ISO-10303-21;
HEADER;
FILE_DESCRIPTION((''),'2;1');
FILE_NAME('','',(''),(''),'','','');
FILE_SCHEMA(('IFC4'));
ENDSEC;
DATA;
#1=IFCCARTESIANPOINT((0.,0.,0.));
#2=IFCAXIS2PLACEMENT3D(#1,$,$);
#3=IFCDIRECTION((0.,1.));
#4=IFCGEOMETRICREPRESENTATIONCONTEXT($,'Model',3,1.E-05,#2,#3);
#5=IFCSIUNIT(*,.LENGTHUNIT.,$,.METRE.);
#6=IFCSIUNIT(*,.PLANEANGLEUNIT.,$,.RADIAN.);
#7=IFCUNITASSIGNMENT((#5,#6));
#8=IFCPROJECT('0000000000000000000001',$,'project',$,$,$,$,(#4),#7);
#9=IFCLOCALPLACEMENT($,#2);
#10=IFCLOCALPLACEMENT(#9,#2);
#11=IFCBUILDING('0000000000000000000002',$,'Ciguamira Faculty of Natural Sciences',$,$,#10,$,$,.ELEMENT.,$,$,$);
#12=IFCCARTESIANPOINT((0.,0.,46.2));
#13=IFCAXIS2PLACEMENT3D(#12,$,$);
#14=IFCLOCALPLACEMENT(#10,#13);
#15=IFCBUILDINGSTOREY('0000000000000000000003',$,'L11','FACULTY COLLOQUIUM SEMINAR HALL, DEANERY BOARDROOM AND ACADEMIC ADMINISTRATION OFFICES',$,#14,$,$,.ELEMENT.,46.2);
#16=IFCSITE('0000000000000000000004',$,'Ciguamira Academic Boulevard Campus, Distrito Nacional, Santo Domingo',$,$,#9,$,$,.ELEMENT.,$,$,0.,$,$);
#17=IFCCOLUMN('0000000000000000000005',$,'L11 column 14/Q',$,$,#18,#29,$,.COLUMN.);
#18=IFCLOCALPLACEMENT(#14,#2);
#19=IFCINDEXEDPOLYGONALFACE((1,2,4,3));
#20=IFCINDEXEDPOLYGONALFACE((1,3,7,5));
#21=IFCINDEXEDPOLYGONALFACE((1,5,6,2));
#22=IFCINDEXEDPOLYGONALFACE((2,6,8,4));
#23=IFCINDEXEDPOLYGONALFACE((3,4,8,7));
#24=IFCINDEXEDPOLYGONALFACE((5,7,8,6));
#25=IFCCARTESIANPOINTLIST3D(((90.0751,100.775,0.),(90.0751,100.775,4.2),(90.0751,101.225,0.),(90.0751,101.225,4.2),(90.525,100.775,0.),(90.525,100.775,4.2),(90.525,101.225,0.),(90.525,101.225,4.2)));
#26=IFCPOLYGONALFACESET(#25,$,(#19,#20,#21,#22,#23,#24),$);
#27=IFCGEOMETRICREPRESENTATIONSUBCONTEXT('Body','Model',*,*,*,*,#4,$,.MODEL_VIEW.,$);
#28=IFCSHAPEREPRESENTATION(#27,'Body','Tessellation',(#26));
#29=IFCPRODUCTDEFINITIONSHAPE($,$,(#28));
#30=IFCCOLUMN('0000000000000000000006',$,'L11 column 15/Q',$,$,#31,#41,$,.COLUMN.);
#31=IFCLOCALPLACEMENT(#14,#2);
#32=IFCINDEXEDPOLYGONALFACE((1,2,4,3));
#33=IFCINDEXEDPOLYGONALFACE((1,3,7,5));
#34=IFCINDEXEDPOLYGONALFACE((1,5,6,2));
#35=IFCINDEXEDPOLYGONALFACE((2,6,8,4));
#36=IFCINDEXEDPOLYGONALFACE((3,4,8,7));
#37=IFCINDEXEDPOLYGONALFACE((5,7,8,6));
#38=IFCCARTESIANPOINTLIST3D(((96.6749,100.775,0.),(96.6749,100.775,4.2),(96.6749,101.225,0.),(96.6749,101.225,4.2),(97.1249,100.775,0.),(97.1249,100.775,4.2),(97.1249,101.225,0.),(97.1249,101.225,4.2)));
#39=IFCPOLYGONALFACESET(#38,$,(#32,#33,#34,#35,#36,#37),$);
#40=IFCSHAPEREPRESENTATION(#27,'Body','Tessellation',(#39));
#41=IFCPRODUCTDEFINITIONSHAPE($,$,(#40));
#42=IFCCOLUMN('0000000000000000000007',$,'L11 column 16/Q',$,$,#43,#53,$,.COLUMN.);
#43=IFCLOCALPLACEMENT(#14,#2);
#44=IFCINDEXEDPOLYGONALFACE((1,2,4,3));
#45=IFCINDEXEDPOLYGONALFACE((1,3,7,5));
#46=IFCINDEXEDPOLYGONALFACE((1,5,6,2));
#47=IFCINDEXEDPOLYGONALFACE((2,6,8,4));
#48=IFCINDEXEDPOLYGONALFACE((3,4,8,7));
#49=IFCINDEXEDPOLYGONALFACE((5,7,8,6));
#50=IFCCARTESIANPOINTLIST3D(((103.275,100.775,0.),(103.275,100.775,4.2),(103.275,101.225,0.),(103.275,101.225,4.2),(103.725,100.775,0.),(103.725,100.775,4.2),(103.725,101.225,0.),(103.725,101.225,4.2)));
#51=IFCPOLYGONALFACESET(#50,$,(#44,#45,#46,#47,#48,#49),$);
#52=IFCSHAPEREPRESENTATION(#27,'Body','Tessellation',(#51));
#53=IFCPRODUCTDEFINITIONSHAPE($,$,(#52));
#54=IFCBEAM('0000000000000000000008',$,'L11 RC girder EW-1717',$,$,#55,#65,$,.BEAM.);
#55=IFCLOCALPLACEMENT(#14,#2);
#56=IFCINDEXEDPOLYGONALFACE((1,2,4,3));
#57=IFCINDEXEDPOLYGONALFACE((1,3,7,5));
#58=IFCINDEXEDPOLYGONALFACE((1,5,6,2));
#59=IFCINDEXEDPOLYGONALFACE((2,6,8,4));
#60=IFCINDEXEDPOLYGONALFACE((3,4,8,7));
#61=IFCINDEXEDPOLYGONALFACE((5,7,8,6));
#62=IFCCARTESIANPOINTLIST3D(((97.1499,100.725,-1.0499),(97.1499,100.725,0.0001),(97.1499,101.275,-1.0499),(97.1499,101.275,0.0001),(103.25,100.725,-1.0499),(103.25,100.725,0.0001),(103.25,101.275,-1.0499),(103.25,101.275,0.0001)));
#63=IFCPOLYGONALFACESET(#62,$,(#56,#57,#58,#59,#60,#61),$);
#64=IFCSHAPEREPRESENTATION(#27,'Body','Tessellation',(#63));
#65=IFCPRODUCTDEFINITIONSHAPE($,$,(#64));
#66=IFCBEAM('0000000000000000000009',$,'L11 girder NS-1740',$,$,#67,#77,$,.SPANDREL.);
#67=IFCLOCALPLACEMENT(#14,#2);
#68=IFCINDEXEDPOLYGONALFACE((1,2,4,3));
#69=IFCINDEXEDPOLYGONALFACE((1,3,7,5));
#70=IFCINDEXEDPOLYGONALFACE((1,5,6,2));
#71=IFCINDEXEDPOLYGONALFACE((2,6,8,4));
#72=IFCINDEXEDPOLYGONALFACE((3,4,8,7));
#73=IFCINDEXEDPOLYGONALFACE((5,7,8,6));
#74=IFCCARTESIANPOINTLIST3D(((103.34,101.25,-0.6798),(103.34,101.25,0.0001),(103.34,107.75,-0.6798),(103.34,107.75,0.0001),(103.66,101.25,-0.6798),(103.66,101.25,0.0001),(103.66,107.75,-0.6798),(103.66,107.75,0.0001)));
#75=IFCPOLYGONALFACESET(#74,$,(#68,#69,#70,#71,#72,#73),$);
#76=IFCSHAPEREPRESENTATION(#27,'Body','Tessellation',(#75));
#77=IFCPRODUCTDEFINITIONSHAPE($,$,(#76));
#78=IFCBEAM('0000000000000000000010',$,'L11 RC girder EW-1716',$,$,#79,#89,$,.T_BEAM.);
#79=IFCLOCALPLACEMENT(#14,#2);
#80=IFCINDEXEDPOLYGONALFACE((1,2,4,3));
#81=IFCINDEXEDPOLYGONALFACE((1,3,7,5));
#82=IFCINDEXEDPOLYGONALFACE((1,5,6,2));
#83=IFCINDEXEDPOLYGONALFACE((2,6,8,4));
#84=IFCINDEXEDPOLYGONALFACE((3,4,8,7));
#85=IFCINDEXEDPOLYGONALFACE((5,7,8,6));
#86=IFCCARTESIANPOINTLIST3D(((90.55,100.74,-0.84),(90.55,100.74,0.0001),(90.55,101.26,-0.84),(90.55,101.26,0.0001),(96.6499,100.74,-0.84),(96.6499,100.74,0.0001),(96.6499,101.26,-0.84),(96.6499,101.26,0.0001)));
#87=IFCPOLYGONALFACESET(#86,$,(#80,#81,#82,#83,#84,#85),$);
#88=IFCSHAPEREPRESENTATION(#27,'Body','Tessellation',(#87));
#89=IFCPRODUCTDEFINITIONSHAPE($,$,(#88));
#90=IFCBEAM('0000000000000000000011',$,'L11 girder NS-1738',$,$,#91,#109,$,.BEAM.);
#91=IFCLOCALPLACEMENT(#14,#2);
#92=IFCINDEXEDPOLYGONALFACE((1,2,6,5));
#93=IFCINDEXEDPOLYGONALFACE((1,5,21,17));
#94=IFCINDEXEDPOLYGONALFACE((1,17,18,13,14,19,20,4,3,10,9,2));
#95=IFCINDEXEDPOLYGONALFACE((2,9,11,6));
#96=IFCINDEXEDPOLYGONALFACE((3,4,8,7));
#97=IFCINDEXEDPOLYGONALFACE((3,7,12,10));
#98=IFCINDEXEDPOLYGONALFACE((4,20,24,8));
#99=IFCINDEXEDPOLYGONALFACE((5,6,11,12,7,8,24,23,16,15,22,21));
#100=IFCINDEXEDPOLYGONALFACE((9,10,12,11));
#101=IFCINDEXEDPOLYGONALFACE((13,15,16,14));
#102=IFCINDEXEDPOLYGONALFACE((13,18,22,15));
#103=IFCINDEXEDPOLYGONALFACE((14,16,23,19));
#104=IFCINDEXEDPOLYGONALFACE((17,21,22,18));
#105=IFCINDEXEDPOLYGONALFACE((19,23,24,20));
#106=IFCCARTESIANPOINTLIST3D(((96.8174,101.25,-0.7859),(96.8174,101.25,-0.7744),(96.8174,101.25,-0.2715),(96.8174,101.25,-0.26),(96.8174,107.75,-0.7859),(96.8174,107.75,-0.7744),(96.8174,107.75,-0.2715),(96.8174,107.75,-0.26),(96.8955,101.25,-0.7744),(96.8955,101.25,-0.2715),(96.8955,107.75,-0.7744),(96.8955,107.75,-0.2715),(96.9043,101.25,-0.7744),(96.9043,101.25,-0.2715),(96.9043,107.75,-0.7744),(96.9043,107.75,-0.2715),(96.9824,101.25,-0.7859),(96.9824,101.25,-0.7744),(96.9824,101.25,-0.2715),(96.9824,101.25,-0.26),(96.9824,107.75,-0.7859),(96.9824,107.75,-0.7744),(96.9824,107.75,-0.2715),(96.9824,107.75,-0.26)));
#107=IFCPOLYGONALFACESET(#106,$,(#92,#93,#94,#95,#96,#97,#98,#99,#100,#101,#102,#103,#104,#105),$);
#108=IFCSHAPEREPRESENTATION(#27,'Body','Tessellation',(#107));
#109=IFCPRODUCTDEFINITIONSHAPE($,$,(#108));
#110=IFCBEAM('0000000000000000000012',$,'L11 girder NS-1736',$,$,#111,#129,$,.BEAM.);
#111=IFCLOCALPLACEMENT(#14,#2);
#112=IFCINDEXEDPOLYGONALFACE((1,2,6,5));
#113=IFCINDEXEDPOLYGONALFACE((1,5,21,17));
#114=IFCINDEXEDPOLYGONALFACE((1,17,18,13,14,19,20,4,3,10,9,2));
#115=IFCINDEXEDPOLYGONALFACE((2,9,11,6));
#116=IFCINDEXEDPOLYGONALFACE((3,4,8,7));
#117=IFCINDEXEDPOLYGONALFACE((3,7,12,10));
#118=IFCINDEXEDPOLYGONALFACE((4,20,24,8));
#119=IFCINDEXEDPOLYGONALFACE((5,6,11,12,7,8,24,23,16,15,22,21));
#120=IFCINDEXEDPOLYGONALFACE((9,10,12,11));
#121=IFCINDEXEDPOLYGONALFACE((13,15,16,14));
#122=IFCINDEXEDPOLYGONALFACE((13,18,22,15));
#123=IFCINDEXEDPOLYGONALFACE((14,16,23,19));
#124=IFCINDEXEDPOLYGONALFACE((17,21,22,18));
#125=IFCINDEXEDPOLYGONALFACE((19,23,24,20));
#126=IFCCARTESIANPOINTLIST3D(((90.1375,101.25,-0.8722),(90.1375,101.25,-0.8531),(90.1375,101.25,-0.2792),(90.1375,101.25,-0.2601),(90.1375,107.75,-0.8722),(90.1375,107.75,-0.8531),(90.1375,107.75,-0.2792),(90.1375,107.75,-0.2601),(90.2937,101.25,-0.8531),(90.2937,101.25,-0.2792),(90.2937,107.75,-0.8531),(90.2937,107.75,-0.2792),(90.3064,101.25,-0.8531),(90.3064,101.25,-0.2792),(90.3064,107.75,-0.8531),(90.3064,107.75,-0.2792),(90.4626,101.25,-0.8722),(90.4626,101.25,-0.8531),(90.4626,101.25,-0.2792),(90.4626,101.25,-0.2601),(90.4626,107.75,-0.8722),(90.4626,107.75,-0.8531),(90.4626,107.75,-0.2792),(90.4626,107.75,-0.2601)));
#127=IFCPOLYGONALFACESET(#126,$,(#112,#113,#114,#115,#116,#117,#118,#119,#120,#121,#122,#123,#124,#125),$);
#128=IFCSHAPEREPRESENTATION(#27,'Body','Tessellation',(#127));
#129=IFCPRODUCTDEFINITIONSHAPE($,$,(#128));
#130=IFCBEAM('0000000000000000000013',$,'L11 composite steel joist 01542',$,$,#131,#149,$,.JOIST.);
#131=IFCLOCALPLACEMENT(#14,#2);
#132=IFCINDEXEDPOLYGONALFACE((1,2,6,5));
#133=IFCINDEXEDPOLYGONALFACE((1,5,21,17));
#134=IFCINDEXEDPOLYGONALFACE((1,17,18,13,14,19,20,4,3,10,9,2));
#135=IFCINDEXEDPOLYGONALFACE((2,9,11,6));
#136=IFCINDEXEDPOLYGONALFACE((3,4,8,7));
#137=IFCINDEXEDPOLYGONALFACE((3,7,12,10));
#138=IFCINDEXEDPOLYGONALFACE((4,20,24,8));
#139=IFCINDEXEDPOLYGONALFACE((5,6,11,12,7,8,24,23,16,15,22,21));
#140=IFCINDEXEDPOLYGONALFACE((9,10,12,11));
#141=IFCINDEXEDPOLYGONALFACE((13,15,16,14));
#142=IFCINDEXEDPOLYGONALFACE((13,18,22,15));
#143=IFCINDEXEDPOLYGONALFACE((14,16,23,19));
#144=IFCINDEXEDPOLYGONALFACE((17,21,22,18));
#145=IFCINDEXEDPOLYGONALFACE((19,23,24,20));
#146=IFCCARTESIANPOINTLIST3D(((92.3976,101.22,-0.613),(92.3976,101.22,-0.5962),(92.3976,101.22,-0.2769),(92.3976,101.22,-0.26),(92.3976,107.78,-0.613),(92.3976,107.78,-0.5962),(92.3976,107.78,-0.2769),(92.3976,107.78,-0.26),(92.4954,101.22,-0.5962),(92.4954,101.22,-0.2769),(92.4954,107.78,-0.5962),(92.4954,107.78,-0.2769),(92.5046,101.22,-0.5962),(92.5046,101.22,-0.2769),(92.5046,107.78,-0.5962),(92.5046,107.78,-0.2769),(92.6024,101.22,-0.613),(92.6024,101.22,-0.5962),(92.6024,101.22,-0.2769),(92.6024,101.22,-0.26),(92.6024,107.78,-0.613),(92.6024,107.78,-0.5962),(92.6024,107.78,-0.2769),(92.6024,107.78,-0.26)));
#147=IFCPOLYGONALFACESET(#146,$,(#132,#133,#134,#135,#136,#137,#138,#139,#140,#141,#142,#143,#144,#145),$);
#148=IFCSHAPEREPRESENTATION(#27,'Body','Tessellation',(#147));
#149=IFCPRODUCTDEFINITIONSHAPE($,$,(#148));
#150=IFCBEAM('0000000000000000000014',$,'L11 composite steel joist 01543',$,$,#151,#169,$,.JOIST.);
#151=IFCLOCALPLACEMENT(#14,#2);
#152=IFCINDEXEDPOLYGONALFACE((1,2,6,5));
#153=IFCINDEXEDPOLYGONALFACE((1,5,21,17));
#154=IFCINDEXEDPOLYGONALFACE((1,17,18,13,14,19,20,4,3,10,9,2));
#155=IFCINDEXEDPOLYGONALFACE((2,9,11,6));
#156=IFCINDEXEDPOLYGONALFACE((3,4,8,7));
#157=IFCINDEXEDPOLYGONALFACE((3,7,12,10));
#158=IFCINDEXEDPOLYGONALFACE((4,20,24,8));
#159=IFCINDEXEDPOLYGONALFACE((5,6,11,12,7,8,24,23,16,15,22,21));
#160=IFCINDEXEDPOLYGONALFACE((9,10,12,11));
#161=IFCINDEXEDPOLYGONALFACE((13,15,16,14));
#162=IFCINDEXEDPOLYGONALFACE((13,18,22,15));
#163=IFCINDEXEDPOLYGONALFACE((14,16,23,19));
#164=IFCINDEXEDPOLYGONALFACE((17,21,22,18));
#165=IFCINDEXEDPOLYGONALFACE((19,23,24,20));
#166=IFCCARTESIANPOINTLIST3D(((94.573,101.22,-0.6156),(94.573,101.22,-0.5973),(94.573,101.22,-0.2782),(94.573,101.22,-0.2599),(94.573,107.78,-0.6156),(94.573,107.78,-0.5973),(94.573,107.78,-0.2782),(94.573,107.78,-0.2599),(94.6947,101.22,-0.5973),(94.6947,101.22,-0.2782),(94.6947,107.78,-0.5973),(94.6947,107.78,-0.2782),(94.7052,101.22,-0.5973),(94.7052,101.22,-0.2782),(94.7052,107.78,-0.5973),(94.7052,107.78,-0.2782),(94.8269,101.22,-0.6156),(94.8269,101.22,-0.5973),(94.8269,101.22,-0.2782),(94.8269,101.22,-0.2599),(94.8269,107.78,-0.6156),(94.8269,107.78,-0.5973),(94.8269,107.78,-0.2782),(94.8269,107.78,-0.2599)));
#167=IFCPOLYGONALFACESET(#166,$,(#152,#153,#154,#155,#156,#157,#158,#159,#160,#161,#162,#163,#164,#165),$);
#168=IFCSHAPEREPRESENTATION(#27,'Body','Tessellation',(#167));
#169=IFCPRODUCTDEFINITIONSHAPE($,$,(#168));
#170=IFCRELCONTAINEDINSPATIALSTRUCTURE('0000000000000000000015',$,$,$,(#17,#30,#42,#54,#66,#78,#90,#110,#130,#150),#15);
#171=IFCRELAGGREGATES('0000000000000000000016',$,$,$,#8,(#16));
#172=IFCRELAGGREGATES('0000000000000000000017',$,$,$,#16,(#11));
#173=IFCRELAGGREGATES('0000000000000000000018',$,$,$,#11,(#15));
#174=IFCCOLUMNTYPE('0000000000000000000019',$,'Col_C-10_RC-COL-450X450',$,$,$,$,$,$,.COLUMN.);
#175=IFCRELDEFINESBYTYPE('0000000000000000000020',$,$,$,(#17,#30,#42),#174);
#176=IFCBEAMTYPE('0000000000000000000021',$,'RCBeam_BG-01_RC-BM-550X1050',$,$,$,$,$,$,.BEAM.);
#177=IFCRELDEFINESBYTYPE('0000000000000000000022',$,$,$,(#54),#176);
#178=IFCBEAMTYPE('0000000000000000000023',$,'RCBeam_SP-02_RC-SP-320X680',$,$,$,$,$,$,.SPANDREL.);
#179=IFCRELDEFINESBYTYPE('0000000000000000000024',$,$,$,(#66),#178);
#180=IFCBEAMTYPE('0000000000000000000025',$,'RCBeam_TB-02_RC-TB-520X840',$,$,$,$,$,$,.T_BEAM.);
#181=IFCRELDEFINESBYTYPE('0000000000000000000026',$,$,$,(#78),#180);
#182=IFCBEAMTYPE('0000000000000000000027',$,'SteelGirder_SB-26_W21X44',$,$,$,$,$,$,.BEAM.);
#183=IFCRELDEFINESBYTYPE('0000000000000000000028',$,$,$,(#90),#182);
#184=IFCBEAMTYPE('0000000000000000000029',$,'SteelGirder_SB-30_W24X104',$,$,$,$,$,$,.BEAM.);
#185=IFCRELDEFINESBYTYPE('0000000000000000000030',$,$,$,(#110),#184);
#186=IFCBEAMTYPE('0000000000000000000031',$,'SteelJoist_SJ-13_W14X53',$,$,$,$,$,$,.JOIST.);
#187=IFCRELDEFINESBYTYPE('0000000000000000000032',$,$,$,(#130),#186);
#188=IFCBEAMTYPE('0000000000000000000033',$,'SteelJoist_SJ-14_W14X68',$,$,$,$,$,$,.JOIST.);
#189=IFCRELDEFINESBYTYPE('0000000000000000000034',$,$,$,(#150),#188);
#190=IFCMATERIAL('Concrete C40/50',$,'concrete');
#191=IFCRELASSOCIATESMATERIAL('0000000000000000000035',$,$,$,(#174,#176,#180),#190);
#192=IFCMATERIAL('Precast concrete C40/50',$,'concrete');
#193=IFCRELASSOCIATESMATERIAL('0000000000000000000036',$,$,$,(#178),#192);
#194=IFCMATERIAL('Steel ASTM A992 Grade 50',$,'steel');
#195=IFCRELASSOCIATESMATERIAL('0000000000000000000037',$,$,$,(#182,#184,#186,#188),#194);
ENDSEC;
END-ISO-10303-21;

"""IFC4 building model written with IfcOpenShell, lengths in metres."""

from ifc_helpers import new_model, si_unit, direction, frame, origin, origin_2d, place, context, subcontext, project, spatial, rectangle, i_section, extrude, material, material_profile, profile_set, type_object, element, save


model = new_model("IFC4")

# Units and contexts
model_context = context("Model", 3, precision=1e-05, world=origin(), true_north=direction((0.0, 1.0)))
body_context = subcontext(model_context, "Body", "Model", "MODEL_VIEW")
ifc_project = project(units=[si_unit("LENGTHUNIT", "METRE"), si_unit("PLANEANGLEUNIT", "RADIAN")], contexts=[model_context])

# Site, building, storey
site_placement = place(None, origin())
site = spatial("IfcSite", under=ifc_project, at=site_placement, Name="Ciguamira Academic Boulevard Campus, Distrito Nacional, Santo Domingo", CompositionType="ELEMENT", RefElevation=0.0)
building_placement = place(site_placement, origin())
building = spatial("IfcBuilding", under=site, at=building_placement, Name="Ciguamira Faculty of Natural Sciences", CompositionType="ELEMENT")
storey_placement = place(building_placement, frame((0.0, 0.0, 46.2)))
storey = spatial("IfcBuildingStorey", under=building, at=storey_placement, Name="L11", Description="FACULTY COLLOQUIUM SEMINAR HALL, DEANERY BOARDROOM AND ACADEMIC ADMINISTRATION OFFICES", CompositionType="ELEMENT", Elevation=46.2)

# Columns
ifc_material_1 = material(Name="Concrete C40/50", Category="concrete")
ifc_material_profile_1 = material_profile(ifc_material_1, rectangle(XDim=0.45, YDim=0.45, at=origin_2d()), Name="RC-COL-450X450")
ifc_profile_set_1 = profile_set([ifc_material_profile_1], Name="Concrete C40/50")
column_type = type_object("IfcColumnType", Name="Col_C-10_RC-COL-450X450", PredefinedType="COLUMN", material=ifc_profile_set_1)
for number, where, z_axis, x_axis, name in (
    (1, (90.3, 101.0, 0.0), (0.0, 0.0, 1.0), (1.0, 0.0, 0.0), "L11 column 14/Q"),
    (2, (96.8999, 101.0, 0.0), (0.0, 0.0, 1.0), (1.0, 0.0, 0.0), "L11 column 15/Q"),
    (3, (103.5, 101.0, 0.0), (0.0, 0.0, 1.0), (1.0, 0.0, 0.0), "L11 column 16/Q"),
):
    element("IfcColumn", number, at=place(storey_placement, frame(where, z_axis=z_axis, x_axis=x_axis)), inside=storey, type_object=column_type, Name=name, PredefinedType="COLUMN", context=body_context, shape_type="SweptSolid", body=[
        extrude(rectangle(XDim=0.45, YDim=0.45, at=origin_2d()), origin(), (0.0, 0.0, 1.0), 4.2),
    ])

# Beams
ifc_material_profile_2 = material_profile(ifc_material_1, rectangle(XDim=0.55, YDim=1.05, at=origin_2d()), Name="RC-BM-550X1050")
ifc_profile_set_2 = profile_set([ifc_material_profile_2], Name="Concrete C40/50")
beam_type_1 = type_object("IfcBeamType", Name="RCBeam_BG-01_RC-BM-550X1050", PredefinedType="BEAM", material=ifc_profile_set_2)
beam_1_placement = place(storey_placement, frame((97.1499, 101.0, -0.5249), z_axis=(1.0, 0.0, 0.0), x_axis=(0.0, 1.0, 0.0)))
element("IfcBeam", 4, at=beam_1_placement, inside=storey, type_object=beam_type_1, Name="L11 RC girder EW-1717", PredefinedType="BEAM", context=body_context, shape_type="SweptSolid", body=[
    extrude(rectangle(XDim=0.55, YDim=1.05, at=origin_2d()), origin(), (0.0, 0.0, 1.0), 6.1001),
])
ifc_material_2 = material(Name="Precast concrete C40/50", Category="concrete")
ifc_material_profile_3 = material_profile(ifc_material_2, rectangle(XDim=0.3201, YDim=0.6799, at=origin_2d()), Name="RC-SP-320X680")
ifc_profile_set_3 = profile_set([ifc_material_profile_3], Name="Precast concrete C40/50")
beam_type_2 = type_object("IfcBeamType", Name="RCBeam_SP-02_RC-SP-320X680", PredefinedType="SPANDREL", material=ifc_profile_set_3)
beam_2_placement = place(storey_placement, frame((103.5, 101.25, -0.3398), z_axis=(0.0, 1.0, 0.0), x_axis=(-1.0, 0.0, 0.0)))
element("IfcBeam", 5, at=beam_2_placement, inside=storey, type_object=beam_type_2, Name="L11 girder NS-1740", PredefinedType="SPANDREL", context=body_context, shape_type="SweptSolid", body=[
    extrude(rectangle(XDim=0.3201, YDim=0.6799, at=origin_2d()), origin(), (0.0, 0.0, 1.0), 6.5),
])
ifc_material_profile_4 = material_profile(ifc_material_1, rectangle(XDim=0.52, YDim=0.8401, at=origin_2d()), Name="RC-TB-520X840")
ifc_profile_set_4 = profile_set([ifc_material_profile_4], Name="Concrete C40/50")
beam_type_3 = type_object("IfcBeamType", Name="RCBeam_TB-02_RC-TB-520X840", PredefinedType="T_BEAM", material=ifc_profile_set_4)
beam_3_placement = place(storey_placement, frame((90.55, 101.0, -0.4199), z_axis=(1.0, 0.0, 0.0), x_axis=(0.0, 1.0, 0.0)))
element("IfcBeam", 6, at=beam_3_placement, inside=storey, type_object=beam_type_3, Name="L11 RC girder EW-1716", PredefinedType="T_BEAM", context=body_context, shape_type="SweptSolid", body=[
    extrude(rectangle(XDim=0.52, YDim=0.8401, at=origin_2d()), origin(), (0.0, 0.0, 1.0), 6.0999),
])
ifc_material_3 = material(Name="Steel ASTM A992 Grade 50", Category="steel")
ifc_material_profile_5 = material_profile(ifc_material_3, i_section(OverallWidth=0.165, OverallDepth=0.5259, WebThickness=0.0088, FlangeThickness=0.0115, at=origin_2d()), Name="W21X44")
ifc_profile_set_5 = profile_set([ifc_material_profile_5], Name="Steel ASTM A992 Grade 50")
beam_type_4 = type_object("IfcBeamType", Name="SteelGirder_SB-26_W21X44", PredefinedType="BEAM", material=ifc_profile_set_5)
beam_4_placement = place(storey_placement, frame((96.8999, 101.25, -0.5229), z_axis=(0.0, 1.0, 0.0), x_axis=(-1.0, 0.0, 0.0)))
element("IfcBeam", 7, at=beam_4_placement, inside=storey, type_object=beam_type_4, Name="L11 girder NS-1738", PredefinedType="BEAM", context=body_context, shape_type="SweptSolid", body=[
    extrude(i_section(OverallWidth=0.165, OverallDepth=0.5259, WebThickness=0.0088, FlangeThickness=0.0115, at=origin_2d()), origin(), (0.0, 0.0, 1.0), 6.5),
])
ifc_material_profile_6 = material_profile(ifc_material_3, i_section(OverallWidth=0.3252, OverallDepth=0.6121, WebThickness=0.0127, FlangeThickness=0.019, at=origin_2d()), Name="W24X104")
ifc_profile_set_6 = profile_set([ifc_material_profile_6], Name="Steel ASTM A992 Grade 50")
beam_type_5 = type_object("IfcBeamType", Name="SteelGirder_SB-30_W24X104", PredefinedType="BEAM", material=ifc_profile_set_6)
beam_5_placement = place(storey_placement, frame((90.3, 101.25, -0.5662), z_axis=(0.0, 1.0, 0.0), x_axis=(-1.0, 0.0, 0.0)))
element("IfcBeam", 8, at=beam_5_placement, inside=storey, type_object=beam_type_5, Name="L11 girder NS-1736", PredefinedType="BEAM", context=body_context, shape_type="SweptSolid", body=[
    extrude(i_section(OverallWidth=0.3252, OverallDepth=0.6121, WebThickness=0.0127, FlangeThickness=0.019, at=origin_2d()), origin(), (0.0, 0.0, 1.0), 6.5),
])
ifc_material_profile_7 = material_profile(ifc_material_3, i_section(OverallWidth=0.2048, OverallDepth=0.353, WebThickness=0.0093, FlangeThickness=0.0168, at=origin_2d()), Name="W14X53")
ifc_profile_set_7 = profile_set([ifc_material_profile_7], Name="Steel ASTM A992 Grade 50")
beam_type_6 = type_object("IfcBeamType", Name="SteelJoist_SJ-13_W14X53", PredefinedType="JOIST", material=ifc_profile_set_7)
beam_6_placement = place(storey_placement, frame((92.5, 101.22, -0.4365), z_axis=(0.0, 1.0, 0.0), x_axis=(-1.0, 0.0, 0.0)))
element("IfcBeam", 9, at=beam_6_placement, inside=storey, type_object=beam_type_6, Name="L11 composite steel joist 01542", PredefinedType="JOIST", context=body_context, shape_type="SweptSolid", body=[
    extrude(i_section(OverallWidth=0.2048, OverallDepth=0.353, WebThickness=0.0093, FlangeThickness=0.0168, at=origin_2d()), origin(), (0.0, 0.0, 1.0), 6.5601),
])
ifc_material_profile_8 = material_profile(ifc_material_3, i_section(OverallWidth=0.2539, OverallDepth=0.3557, WebThickness=0.0105, FlangeThickness=0.0183, at=origin_2d()), Name="W14X68")
ifc_profile_set_8 = profile_set([ifc_material_profile_8], Name="Steel ASTM A992 Grade 50")
beam_type_7 = type_object("IfcBeamType", Name="SteelJoist_SJ-14_W14X68", PredefinedType="JOIST", material=ifc_profile_set_8)
beam_7_placement = place(storey_placement, frame((94.7, 101.22, -0.4377), z_axis=(0.0, 1.0, 0.0), x_axis=(-1.0, 0.0, 0.0)))
element("IfcBeam", 10, at=beam_7_placement, inside=storey, type_object=beam_type_7, Name="L11 composite steel joist 01543", PredefinedType="JOIST", context=body_context, shape_type="SweptSolid", body=[
    extrude(i_section(OverallWidth=0.2539, OverallDepth=0.3557, WebThickness=0.0105, FlangeThickness=0.0183, at=origin_2d()), origin(), (0.0, 0.0, 1.0), 6.5601),
])

save(model, "model.ifc")
